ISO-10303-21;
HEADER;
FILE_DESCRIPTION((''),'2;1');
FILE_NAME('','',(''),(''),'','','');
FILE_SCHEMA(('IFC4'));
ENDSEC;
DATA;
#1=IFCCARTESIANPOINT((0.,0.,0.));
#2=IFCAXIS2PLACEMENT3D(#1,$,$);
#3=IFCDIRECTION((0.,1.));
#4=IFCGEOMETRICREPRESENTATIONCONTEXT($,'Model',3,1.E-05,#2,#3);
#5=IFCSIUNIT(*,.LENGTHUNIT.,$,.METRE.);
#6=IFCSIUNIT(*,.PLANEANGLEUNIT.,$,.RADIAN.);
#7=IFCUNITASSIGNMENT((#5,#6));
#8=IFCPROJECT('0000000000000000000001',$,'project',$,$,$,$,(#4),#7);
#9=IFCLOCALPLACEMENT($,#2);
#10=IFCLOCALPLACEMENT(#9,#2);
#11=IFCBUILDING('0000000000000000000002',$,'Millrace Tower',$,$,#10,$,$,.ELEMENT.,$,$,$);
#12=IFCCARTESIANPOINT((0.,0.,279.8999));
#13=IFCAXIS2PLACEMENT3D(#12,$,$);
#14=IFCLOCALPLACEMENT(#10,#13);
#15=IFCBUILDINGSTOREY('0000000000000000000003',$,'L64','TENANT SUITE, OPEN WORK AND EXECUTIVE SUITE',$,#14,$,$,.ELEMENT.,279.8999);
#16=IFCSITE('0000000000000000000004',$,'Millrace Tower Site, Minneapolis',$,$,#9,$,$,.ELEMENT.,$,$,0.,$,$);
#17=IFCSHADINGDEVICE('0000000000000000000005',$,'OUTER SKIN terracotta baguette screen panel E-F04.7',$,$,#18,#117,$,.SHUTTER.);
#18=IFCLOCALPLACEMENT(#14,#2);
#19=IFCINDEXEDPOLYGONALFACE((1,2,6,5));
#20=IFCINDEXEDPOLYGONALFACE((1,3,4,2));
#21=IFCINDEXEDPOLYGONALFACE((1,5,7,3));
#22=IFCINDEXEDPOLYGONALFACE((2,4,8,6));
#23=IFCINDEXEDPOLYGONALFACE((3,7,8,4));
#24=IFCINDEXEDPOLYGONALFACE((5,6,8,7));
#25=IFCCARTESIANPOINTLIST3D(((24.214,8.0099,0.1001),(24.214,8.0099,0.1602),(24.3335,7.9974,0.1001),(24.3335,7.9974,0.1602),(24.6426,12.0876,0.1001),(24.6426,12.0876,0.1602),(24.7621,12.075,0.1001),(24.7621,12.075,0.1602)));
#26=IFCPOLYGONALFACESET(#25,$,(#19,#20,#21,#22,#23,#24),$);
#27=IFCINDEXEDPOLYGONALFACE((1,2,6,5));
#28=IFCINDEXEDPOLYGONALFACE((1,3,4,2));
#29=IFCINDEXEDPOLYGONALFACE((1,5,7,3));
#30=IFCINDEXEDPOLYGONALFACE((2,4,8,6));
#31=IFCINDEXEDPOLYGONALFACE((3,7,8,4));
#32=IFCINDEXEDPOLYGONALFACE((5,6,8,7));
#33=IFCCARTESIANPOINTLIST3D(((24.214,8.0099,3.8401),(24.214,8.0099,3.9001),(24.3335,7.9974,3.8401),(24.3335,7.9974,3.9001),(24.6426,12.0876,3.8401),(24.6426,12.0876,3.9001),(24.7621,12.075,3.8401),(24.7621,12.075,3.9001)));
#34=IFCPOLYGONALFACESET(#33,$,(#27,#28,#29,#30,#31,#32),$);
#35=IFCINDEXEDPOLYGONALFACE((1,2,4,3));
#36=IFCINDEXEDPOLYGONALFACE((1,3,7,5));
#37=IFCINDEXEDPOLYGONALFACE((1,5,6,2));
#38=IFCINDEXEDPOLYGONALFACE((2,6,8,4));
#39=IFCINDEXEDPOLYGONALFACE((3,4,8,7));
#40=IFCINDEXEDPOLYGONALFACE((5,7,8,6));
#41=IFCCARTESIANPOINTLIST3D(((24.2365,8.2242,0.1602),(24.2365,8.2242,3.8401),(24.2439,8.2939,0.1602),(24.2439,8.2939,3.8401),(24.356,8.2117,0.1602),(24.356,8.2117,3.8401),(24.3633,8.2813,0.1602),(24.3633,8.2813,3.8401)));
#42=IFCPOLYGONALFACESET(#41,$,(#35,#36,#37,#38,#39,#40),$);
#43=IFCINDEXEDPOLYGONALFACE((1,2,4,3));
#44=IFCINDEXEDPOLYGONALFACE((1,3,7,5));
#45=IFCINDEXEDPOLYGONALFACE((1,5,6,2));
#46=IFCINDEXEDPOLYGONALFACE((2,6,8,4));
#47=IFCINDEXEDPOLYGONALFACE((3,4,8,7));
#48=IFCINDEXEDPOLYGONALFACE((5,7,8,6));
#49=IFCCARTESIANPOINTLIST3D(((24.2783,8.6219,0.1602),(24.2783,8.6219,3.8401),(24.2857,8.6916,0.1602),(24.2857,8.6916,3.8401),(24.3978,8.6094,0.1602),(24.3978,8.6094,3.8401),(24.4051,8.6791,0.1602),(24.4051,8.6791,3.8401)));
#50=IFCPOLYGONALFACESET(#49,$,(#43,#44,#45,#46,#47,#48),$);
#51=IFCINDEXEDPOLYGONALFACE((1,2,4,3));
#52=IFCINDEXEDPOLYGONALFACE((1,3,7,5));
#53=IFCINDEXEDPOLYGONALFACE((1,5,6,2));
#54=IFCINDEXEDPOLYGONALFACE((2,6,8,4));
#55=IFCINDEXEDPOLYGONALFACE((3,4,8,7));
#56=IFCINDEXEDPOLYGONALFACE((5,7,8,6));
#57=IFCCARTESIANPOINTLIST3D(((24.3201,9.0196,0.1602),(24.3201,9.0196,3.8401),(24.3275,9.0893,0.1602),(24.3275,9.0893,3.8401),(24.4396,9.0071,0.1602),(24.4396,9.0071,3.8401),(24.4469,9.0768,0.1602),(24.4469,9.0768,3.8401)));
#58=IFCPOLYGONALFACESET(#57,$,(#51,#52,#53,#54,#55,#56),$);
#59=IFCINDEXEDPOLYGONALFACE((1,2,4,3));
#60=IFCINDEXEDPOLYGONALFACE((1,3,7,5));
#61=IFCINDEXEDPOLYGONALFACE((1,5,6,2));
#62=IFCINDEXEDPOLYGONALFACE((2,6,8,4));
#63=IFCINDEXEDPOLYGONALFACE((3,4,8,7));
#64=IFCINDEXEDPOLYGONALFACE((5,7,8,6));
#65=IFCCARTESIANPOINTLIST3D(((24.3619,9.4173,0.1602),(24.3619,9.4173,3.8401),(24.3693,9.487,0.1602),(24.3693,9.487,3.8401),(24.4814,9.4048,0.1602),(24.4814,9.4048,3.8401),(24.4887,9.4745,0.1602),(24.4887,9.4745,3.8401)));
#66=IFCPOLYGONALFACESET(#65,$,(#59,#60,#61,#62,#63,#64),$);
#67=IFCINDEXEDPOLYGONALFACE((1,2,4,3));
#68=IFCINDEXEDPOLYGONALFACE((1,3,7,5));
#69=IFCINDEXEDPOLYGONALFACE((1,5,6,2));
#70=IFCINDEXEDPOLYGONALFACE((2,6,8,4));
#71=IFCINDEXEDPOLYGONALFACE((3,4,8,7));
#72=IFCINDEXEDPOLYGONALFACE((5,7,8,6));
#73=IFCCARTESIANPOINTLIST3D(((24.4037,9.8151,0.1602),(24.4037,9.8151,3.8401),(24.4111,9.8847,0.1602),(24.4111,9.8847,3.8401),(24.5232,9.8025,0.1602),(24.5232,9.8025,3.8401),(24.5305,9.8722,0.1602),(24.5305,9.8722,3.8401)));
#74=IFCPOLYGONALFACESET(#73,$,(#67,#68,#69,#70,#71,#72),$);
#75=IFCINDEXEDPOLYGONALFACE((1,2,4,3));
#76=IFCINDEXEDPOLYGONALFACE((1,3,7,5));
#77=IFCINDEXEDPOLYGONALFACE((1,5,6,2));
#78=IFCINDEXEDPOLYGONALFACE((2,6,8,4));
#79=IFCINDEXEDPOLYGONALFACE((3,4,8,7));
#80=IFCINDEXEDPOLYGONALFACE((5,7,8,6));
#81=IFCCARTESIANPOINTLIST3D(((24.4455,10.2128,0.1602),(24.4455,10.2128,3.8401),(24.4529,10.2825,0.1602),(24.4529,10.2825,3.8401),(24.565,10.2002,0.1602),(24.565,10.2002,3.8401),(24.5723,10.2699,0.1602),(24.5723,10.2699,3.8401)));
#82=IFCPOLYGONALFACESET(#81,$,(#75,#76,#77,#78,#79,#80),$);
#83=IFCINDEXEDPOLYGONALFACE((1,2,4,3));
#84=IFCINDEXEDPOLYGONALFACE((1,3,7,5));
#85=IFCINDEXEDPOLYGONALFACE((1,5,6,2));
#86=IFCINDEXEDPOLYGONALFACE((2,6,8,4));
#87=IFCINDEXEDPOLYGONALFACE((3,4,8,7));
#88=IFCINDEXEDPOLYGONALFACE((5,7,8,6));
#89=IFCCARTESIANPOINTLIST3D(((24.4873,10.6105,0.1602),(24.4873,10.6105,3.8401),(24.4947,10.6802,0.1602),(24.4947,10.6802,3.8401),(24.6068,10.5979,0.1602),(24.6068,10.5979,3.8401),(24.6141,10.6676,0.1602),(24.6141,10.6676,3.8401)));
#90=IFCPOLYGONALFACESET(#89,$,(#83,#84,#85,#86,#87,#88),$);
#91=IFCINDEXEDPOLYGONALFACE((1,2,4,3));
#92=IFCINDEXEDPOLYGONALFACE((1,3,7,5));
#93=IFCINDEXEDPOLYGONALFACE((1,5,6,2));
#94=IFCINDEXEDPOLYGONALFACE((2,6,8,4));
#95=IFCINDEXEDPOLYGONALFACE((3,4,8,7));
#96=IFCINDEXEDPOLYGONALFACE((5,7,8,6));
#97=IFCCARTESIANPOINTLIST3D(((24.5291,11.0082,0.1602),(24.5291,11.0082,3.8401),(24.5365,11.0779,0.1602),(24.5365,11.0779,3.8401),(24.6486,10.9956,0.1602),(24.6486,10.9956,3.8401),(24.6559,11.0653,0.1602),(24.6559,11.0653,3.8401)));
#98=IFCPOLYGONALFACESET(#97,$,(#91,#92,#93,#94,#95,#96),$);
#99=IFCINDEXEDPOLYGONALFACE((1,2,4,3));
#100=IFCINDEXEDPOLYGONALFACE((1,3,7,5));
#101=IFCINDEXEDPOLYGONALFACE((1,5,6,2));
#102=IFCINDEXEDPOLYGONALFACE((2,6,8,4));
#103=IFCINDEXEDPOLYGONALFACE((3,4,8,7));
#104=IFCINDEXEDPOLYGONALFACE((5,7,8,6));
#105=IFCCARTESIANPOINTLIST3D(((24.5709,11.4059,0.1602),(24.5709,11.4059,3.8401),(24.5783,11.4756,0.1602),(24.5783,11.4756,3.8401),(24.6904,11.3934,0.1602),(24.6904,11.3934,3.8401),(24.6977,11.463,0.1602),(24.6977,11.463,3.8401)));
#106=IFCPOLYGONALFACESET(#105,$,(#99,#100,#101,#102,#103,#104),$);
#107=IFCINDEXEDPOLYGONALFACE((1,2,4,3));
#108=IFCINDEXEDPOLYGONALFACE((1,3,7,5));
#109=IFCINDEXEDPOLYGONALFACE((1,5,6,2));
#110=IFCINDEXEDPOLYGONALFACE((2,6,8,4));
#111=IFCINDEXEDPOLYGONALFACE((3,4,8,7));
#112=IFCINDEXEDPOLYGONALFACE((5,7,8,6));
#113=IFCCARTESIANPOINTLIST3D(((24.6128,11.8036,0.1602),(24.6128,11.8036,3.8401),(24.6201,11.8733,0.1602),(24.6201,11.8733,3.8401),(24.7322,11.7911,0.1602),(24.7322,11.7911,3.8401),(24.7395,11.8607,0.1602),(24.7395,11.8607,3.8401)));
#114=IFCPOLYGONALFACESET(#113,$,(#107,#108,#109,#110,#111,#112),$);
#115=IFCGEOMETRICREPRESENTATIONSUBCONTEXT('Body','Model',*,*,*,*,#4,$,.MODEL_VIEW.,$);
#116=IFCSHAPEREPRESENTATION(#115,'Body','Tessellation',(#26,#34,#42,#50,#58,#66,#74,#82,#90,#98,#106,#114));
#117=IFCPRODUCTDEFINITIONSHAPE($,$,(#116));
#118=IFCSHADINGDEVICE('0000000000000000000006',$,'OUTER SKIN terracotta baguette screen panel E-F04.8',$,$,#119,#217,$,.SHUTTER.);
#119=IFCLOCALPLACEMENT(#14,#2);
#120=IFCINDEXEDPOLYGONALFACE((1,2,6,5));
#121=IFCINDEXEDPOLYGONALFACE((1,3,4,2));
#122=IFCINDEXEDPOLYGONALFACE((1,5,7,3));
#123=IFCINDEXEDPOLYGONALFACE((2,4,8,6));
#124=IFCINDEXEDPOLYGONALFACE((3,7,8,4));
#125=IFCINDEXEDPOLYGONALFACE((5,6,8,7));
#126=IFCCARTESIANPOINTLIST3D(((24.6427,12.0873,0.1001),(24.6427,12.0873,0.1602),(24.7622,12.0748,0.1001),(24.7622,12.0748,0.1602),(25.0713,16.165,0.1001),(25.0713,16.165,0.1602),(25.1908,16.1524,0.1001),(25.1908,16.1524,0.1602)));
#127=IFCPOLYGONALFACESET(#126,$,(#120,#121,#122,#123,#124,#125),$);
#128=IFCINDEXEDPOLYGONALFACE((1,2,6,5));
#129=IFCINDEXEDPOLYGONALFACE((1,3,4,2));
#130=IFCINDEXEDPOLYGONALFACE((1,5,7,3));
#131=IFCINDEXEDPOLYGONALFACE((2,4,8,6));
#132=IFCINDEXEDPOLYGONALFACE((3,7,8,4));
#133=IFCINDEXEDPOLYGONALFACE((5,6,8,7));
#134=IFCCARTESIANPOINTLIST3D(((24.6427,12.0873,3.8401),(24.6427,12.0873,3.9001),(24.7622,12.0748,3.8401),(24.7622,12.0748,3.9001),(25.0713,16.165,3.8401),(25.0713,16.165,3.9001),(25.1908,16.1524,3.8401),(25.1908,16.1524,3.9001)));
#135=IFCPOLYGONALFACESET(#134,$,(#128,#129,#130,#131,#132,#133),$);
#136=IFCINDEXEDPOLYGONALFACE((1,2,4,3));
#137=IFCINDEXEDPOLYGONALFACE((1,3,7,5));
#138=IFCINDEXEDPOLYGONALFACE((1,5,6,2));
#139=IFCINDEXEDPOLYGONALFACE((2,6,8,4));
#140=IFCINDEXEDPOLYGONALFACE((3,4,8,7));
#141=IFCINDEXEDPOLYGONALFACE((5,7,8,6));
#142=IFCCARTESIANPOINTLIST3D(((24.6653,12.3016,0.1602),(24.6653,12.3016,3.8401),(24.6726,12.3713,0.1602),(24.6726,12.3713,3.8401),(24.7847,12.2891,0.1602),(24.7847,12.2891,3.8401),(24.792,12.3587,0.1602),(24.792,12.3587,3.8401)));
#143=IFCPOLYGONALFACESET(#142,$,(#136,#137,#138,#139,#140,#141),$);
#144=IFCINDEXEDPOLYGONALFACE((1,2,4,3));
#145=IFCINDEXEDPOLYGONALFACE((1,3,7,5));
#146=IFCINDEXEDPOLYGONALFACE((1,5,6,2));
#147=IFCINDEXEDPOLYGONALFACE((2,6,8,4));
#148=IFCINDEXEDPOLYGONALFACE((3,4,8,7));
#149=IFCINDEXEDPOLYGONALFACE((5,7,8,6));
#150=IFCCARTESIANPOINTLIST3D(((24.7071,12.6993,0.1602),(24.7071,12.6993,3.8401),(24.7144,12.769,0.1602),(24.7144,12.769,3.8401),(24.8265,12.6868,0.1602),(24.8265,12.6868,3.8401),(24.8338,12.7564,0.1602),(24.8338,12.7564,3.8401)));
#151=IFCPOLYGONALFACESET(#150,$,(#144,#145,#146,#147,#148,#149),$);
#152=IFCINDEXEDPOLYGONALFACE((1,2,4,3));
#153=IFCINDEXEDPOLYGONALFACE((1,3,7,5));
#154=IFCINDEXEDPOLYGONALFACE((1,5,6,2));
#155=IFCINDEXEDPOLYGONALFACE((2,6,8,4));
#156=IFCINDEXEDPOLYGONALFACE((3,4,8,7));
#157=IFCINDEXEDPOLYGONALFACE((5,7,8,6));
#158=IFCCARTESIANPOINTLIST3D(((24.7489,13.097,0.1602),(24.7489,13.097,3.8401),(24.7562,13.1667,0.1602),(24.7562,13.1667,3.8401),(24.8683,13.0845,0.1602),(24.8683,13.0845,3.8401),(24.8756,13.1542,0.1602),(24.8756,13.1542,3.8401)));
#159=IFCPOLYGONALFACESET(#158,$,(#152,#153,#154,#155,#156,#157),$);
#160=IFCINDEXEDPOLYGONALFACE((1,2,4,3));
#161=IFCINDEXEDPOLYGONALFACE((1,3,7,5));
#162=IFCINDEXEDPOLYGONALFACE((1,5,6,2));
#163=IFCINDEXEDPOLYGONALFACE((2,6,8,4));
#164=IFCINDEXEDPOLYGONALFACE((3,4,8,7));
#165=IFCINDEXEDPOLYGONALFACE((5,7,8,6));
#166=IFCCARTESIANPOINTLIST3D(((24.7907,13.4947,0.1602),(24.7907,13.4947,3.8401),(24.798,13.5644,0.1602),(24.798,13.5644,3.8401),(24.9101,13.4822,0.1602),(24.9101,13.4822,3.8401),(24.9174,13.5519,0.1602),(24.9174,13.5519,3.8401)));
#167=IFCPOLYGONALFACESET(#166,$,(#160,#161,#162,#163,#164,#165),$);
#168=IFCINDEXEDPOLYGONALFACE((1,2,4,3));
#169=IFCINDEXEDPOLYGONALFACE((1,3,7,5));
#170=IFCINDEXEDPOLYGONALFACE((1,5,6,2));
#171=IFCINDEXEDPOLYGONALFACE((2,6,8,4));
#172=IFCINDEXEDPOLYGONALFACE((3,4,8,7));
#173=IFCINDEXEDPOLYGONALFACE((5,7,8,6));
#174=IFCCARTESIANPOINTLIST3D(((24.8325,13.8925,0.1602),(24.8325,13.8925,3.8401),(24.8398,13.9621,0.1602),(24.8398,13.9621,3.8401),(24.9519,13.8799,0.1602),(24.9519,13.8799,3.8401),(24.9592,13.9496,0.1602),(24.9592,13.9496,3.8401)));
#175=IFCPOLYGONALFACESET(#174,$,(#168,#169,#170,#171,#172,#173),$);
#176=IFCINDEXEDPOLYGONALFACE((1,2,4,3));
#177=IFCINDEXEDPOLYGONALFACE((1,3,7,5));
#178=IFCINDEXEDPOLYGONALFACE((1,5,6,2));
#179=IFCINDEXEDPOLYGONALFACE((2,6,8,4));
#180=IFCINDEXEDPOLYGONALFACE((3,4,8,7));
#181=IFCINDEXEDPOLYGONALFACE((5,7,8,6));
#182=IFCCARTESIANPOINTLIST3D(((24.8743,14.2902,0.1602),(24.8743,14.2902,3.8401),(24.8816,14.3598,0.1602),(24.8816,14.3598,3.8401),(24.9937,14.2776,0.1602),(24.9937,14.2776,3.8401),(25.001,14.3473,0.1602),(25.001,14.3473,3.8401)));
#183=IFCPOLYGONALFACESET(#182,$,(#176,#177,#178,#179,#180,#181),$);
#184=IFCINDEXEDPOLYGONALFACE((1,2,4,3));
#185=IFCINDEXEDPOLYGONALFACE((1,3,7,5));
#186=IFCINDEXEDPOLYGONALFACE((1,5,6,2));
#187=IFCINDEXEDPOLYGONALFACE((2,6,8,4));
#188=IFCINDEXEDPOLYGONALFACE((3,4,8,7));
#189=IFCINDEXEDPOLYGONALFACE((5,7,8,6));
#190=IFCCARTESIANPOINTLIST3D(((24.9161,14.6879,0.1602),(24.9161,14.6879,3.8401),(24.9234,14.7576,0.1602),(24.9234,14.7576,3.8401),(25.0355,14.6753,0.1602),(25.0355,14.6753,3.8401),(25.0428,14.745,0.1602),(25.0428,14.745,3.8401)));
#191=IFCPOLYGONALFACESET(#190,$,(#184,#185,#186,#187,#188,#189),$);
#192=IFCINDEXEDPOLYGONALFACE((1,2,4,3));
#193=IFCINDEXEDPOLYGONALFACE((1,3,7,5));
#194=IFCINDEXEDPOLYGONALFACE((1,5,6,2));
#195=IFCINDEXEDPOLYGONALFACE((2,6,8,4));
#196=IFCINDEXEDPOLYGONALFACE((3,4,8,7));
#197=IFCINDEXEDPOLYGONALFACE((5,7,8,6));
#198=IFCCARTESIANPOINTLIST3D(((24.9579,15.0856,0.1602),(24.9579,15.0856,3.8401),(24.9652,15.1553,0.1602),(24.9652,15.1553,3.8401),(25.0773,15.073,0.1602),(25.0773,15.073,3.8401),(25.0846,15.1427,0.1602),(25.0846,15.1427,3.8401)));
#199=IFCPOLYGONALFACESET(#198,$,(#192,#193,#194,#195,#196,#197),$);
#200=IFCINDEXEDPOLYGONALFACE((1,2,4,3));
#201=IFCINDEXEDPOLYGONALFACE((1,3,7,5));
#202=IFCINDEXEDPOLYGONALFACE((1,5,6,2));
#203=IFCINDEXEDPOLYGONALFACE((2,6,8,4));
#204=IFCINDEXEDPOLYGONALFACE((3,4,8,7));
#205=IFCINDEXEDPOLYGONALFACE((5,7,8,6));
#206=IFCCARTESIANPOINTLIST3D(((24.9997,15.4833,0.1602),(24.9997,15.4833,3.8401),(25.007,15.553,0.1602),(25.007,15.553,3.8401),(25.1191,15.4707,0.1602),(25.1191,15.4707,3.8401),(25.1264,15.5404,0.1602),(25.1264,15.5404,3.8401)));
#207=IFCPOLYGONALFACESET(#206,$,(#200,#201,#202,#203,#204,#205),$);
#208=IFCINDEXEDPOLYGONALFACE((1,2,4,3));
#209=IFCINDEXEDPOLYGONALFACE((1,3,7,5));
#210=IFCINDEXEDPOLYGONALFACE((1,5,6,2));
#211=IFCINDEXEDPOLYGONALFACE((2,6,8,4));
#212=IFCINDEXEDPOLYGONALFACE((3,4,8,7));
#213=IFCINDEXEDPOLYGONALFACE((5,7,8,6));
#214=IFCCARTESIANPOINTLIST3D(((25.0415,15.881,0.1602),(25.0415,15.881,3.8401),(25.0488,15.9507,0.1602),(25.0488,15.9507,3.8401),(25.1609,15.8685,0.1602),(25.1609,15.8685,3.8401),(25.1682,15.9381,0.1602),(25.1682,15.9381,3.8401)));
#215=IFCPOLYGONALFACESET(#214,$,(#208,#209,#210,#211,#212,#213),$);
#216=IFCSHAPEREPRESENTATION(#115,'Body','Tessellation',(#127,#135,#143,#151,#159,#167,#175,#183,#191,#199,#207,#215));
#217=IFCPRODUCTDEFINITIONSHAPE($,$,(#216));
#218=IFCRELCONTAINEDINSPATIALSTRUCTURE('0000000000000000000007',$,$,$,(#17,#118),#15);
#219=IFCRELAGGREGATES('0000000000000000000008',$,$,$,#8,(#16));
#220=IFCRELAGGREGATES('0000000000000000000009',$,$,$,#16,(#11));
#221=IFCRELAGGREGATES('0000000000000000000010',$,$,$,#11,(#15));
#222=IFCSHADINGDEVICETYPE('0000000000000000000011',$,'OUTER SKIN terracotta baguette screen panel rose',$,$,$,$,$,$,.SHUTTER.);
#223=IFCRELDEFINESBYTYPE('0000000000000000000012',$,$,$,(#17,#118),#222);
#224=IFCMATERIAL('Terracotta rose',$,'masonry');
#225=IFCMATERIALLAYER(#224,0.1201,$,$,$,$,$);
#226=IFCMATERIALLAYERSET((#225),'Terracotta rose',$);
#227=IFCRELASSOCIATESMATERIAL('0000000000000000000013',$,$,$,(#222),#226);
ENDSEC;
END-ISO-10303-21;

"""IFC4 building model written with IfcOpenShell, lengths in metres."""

from ifc_helpers import new_model, entity, si_unit, direction, frame, frame_2d, origin, place, context, subcontext, project, spatial, rectangle, extrude, source, transform, mapped, material, layer, layer_set, type_object, element, save


model = new_model("IFC4")

# Units and contexts
model_context = context("Model", 3, precision=1e-05, world=origin(), true_north=direction((0.0, 1.0)))
body_context = subcontext(model_context, "Body", "Model", "MODEL_VIEW")
ifc_project = project(units=[si_unit("LENGTHUNIT", "METRE"), si_unit("PLANEANGLEUNIT", "RADIAN")], contexts=[model_context])

# Site, building, storey
site_placement = place(None, origin())
site = spatial("IfcSite", under=ifc_project, at=site_placement, Name="Millrace Tower Site, Minneapolis", CompositionType="ELEMENT", RefElevation=0.0)
building_placement = place(site_placement, origin())
building = spatial("IfcBuilding", under=site, at=building_placement, Name="Millrace Tower", CompositionType="ELEMENT")
storey_placement = place(building_placement, frame((0.0, 0.0, 279.8999)))
storey = spatial("IfcBuildingStorey", under=building, at=storey_placement, Name="L64", Description="TENANT SUITE, OPEN WORK AND EXECUTIVE SUITE", CompositionType="ELEMENT", Elevation=279.8999)

# Shading devices
ifc_material_1 = material(Name="Terracotta rose", Category="masonry")
ifc_layer_1 = layer(ifc_material_1, 0.1201)
ifc_layer_set_1 = layer_set([ifc_layer_1], Name="Terracotta rose")
shading_device_type = type_object("IfcShadingDeviceType", Name="OUTER SKIN terracotta baguette screen panel rose", PredefinedType="SHUTTER", material=ifc_layer_set_1)
cartesian_point_1 = entity("IfcCartesianPoint", [-2.05, 0.0601])
shared_polyline_1 = entity("IfcPolyline", [cartesian_point_1, entity("IfcCartesianPoint", [2.05, 0.0601]), entity("IfcCartesianPoint", [2.05, -0.0601]), entity("IfcCartesianPoint", [-2.05, -0.0601]), cartesian_point_1])
shared_shape_1 = source(origin(), body_context, "Body", "SweptSolid", [
    entity("IfcExtrudedAreaSolid", entity("IfcArbitraryClosedProfileDef", "AREA", None, shared_polyline_1), entity("IfcAxis2Placement3D", entity("IfcCartesianPoint", [0.0, 0.0, 0.0])), entity("IfcDirection", [0.0, 0.0, 1.0]), 0.0601),
    entity("IfcExtrudedAreaSolid", entity("IfcArbitraryClosedProfileDef", "AREA", None, shared_polyline_1), entity("IfcAxis2Placement3D", entity("IfcCartesianPoint", [0.0, 0.0, 3.74])), entity("IfcDirection", [0.0, 0.0, 1.0]), 0.0601),
    extrude(rectangle(XDim=0.0701, YDim=0.1201, at=frame_2d((-1.7996, 0.0))), frame((0.0, 0.0, 0.0601)), (0.0, 0.0, 1.0), 3.6799),
    extrude(rectangle(XDim=0.0701, YDim=0.1201, at=frame_2d((-1.3997, 0.0))), frame((0.0, 0.0, 0.0601)), (0.0, 0.0, 1.0), 3.6799),
    extrude(rectangle(XDim=0.0701, YDim=0.1201, at=frame_2d((-0.9998, 0.0))), frame((0.0, 0.0, 0.0601)), (0.0, 0.0, 1.0), 3.6799),
    extrude(rectangle(XDim=0.0701, YDim=0.1201, at=frame_2d((-0.5999, 0.0))), frame((0.0, 0.0, 0.0601)), (0.0, 0.0, 1.0), 3.6799),
    extrude(rectangle(XDim=0.0701, YDim=0.1201, at=frame_2d((-0.2, 0.0))), frame((0.0, 0.0, 0.0601)), (0.0, 0.0, 1.0), 3.6799),
    extrude(rectangle(XDim=0.0701, YDim=0.1201, at=frame_2d((0.2, 0.0))), frame((0.0, 0.0, 0.0601)), (0.0, 0.0, 1.0), 3.6799),
    extrude(rectangle(XDim=0.0701, YDim=0.1201, at=frame_2d((0.5999, 0.0))), frame((0.0, 0.0, 0.0601)), (0.0, 0.0, 1.0), 3.6799),
    extrude(rectangle(XDim=0.0701, YDim=0.1201, at=frame_2d((0.9998, 0.0))), frame((0.0, 0.0, 0.0601)), (0.0, 0.0, 1.0), 3.6799),
    extrude(rectangle(XDim=0.0701, YDim=0.1201, at=frame_2d((1.3997, 0.0))), frame((0.0, 0.0, 0.0601)), (0.0, 0.0, 1.0), 3.6799),
    extrude(rectangle(XDim=0.0701, YDim=0.1201, at=frame_2d((1.7996, 0.0))), frame((0.0, 0.0, 0.0601)), (0.0, 0.0, 1.0), 3.6799),
])
for number, where, z_axis, x_axis, name in (
    (1, (24.488, 10.0425, 0.1001), (0.0, 0.0, 1.0), (0.104528, 0.994522, 0.0), "OUTER SKIN terracotta baguette screen panel E-F04.7"),
    (2, (24.9167, 14.1199, 0.1001), (0.0, 0.0, 1.0), (0.104528, 0.994522, 0.0), "OUTER SKIN terracotta baguette screen panel E-F04.8"),
):
    element("IfcShadingDevice", number, at=place(storey_placement, frame(where, z_axis=z_axis, x_axis=x_axis)), inside=storey, type_object=shading_device_type, Name=name, PredefinedType="SHUTTER", context=body_context, shape_type="MappedRepresentation", body=[
        mapped(shared_shape_1, transform((0.0, 0.0, 0.0), scale=1.0)),
    ])

save(model, "model.ifc")
